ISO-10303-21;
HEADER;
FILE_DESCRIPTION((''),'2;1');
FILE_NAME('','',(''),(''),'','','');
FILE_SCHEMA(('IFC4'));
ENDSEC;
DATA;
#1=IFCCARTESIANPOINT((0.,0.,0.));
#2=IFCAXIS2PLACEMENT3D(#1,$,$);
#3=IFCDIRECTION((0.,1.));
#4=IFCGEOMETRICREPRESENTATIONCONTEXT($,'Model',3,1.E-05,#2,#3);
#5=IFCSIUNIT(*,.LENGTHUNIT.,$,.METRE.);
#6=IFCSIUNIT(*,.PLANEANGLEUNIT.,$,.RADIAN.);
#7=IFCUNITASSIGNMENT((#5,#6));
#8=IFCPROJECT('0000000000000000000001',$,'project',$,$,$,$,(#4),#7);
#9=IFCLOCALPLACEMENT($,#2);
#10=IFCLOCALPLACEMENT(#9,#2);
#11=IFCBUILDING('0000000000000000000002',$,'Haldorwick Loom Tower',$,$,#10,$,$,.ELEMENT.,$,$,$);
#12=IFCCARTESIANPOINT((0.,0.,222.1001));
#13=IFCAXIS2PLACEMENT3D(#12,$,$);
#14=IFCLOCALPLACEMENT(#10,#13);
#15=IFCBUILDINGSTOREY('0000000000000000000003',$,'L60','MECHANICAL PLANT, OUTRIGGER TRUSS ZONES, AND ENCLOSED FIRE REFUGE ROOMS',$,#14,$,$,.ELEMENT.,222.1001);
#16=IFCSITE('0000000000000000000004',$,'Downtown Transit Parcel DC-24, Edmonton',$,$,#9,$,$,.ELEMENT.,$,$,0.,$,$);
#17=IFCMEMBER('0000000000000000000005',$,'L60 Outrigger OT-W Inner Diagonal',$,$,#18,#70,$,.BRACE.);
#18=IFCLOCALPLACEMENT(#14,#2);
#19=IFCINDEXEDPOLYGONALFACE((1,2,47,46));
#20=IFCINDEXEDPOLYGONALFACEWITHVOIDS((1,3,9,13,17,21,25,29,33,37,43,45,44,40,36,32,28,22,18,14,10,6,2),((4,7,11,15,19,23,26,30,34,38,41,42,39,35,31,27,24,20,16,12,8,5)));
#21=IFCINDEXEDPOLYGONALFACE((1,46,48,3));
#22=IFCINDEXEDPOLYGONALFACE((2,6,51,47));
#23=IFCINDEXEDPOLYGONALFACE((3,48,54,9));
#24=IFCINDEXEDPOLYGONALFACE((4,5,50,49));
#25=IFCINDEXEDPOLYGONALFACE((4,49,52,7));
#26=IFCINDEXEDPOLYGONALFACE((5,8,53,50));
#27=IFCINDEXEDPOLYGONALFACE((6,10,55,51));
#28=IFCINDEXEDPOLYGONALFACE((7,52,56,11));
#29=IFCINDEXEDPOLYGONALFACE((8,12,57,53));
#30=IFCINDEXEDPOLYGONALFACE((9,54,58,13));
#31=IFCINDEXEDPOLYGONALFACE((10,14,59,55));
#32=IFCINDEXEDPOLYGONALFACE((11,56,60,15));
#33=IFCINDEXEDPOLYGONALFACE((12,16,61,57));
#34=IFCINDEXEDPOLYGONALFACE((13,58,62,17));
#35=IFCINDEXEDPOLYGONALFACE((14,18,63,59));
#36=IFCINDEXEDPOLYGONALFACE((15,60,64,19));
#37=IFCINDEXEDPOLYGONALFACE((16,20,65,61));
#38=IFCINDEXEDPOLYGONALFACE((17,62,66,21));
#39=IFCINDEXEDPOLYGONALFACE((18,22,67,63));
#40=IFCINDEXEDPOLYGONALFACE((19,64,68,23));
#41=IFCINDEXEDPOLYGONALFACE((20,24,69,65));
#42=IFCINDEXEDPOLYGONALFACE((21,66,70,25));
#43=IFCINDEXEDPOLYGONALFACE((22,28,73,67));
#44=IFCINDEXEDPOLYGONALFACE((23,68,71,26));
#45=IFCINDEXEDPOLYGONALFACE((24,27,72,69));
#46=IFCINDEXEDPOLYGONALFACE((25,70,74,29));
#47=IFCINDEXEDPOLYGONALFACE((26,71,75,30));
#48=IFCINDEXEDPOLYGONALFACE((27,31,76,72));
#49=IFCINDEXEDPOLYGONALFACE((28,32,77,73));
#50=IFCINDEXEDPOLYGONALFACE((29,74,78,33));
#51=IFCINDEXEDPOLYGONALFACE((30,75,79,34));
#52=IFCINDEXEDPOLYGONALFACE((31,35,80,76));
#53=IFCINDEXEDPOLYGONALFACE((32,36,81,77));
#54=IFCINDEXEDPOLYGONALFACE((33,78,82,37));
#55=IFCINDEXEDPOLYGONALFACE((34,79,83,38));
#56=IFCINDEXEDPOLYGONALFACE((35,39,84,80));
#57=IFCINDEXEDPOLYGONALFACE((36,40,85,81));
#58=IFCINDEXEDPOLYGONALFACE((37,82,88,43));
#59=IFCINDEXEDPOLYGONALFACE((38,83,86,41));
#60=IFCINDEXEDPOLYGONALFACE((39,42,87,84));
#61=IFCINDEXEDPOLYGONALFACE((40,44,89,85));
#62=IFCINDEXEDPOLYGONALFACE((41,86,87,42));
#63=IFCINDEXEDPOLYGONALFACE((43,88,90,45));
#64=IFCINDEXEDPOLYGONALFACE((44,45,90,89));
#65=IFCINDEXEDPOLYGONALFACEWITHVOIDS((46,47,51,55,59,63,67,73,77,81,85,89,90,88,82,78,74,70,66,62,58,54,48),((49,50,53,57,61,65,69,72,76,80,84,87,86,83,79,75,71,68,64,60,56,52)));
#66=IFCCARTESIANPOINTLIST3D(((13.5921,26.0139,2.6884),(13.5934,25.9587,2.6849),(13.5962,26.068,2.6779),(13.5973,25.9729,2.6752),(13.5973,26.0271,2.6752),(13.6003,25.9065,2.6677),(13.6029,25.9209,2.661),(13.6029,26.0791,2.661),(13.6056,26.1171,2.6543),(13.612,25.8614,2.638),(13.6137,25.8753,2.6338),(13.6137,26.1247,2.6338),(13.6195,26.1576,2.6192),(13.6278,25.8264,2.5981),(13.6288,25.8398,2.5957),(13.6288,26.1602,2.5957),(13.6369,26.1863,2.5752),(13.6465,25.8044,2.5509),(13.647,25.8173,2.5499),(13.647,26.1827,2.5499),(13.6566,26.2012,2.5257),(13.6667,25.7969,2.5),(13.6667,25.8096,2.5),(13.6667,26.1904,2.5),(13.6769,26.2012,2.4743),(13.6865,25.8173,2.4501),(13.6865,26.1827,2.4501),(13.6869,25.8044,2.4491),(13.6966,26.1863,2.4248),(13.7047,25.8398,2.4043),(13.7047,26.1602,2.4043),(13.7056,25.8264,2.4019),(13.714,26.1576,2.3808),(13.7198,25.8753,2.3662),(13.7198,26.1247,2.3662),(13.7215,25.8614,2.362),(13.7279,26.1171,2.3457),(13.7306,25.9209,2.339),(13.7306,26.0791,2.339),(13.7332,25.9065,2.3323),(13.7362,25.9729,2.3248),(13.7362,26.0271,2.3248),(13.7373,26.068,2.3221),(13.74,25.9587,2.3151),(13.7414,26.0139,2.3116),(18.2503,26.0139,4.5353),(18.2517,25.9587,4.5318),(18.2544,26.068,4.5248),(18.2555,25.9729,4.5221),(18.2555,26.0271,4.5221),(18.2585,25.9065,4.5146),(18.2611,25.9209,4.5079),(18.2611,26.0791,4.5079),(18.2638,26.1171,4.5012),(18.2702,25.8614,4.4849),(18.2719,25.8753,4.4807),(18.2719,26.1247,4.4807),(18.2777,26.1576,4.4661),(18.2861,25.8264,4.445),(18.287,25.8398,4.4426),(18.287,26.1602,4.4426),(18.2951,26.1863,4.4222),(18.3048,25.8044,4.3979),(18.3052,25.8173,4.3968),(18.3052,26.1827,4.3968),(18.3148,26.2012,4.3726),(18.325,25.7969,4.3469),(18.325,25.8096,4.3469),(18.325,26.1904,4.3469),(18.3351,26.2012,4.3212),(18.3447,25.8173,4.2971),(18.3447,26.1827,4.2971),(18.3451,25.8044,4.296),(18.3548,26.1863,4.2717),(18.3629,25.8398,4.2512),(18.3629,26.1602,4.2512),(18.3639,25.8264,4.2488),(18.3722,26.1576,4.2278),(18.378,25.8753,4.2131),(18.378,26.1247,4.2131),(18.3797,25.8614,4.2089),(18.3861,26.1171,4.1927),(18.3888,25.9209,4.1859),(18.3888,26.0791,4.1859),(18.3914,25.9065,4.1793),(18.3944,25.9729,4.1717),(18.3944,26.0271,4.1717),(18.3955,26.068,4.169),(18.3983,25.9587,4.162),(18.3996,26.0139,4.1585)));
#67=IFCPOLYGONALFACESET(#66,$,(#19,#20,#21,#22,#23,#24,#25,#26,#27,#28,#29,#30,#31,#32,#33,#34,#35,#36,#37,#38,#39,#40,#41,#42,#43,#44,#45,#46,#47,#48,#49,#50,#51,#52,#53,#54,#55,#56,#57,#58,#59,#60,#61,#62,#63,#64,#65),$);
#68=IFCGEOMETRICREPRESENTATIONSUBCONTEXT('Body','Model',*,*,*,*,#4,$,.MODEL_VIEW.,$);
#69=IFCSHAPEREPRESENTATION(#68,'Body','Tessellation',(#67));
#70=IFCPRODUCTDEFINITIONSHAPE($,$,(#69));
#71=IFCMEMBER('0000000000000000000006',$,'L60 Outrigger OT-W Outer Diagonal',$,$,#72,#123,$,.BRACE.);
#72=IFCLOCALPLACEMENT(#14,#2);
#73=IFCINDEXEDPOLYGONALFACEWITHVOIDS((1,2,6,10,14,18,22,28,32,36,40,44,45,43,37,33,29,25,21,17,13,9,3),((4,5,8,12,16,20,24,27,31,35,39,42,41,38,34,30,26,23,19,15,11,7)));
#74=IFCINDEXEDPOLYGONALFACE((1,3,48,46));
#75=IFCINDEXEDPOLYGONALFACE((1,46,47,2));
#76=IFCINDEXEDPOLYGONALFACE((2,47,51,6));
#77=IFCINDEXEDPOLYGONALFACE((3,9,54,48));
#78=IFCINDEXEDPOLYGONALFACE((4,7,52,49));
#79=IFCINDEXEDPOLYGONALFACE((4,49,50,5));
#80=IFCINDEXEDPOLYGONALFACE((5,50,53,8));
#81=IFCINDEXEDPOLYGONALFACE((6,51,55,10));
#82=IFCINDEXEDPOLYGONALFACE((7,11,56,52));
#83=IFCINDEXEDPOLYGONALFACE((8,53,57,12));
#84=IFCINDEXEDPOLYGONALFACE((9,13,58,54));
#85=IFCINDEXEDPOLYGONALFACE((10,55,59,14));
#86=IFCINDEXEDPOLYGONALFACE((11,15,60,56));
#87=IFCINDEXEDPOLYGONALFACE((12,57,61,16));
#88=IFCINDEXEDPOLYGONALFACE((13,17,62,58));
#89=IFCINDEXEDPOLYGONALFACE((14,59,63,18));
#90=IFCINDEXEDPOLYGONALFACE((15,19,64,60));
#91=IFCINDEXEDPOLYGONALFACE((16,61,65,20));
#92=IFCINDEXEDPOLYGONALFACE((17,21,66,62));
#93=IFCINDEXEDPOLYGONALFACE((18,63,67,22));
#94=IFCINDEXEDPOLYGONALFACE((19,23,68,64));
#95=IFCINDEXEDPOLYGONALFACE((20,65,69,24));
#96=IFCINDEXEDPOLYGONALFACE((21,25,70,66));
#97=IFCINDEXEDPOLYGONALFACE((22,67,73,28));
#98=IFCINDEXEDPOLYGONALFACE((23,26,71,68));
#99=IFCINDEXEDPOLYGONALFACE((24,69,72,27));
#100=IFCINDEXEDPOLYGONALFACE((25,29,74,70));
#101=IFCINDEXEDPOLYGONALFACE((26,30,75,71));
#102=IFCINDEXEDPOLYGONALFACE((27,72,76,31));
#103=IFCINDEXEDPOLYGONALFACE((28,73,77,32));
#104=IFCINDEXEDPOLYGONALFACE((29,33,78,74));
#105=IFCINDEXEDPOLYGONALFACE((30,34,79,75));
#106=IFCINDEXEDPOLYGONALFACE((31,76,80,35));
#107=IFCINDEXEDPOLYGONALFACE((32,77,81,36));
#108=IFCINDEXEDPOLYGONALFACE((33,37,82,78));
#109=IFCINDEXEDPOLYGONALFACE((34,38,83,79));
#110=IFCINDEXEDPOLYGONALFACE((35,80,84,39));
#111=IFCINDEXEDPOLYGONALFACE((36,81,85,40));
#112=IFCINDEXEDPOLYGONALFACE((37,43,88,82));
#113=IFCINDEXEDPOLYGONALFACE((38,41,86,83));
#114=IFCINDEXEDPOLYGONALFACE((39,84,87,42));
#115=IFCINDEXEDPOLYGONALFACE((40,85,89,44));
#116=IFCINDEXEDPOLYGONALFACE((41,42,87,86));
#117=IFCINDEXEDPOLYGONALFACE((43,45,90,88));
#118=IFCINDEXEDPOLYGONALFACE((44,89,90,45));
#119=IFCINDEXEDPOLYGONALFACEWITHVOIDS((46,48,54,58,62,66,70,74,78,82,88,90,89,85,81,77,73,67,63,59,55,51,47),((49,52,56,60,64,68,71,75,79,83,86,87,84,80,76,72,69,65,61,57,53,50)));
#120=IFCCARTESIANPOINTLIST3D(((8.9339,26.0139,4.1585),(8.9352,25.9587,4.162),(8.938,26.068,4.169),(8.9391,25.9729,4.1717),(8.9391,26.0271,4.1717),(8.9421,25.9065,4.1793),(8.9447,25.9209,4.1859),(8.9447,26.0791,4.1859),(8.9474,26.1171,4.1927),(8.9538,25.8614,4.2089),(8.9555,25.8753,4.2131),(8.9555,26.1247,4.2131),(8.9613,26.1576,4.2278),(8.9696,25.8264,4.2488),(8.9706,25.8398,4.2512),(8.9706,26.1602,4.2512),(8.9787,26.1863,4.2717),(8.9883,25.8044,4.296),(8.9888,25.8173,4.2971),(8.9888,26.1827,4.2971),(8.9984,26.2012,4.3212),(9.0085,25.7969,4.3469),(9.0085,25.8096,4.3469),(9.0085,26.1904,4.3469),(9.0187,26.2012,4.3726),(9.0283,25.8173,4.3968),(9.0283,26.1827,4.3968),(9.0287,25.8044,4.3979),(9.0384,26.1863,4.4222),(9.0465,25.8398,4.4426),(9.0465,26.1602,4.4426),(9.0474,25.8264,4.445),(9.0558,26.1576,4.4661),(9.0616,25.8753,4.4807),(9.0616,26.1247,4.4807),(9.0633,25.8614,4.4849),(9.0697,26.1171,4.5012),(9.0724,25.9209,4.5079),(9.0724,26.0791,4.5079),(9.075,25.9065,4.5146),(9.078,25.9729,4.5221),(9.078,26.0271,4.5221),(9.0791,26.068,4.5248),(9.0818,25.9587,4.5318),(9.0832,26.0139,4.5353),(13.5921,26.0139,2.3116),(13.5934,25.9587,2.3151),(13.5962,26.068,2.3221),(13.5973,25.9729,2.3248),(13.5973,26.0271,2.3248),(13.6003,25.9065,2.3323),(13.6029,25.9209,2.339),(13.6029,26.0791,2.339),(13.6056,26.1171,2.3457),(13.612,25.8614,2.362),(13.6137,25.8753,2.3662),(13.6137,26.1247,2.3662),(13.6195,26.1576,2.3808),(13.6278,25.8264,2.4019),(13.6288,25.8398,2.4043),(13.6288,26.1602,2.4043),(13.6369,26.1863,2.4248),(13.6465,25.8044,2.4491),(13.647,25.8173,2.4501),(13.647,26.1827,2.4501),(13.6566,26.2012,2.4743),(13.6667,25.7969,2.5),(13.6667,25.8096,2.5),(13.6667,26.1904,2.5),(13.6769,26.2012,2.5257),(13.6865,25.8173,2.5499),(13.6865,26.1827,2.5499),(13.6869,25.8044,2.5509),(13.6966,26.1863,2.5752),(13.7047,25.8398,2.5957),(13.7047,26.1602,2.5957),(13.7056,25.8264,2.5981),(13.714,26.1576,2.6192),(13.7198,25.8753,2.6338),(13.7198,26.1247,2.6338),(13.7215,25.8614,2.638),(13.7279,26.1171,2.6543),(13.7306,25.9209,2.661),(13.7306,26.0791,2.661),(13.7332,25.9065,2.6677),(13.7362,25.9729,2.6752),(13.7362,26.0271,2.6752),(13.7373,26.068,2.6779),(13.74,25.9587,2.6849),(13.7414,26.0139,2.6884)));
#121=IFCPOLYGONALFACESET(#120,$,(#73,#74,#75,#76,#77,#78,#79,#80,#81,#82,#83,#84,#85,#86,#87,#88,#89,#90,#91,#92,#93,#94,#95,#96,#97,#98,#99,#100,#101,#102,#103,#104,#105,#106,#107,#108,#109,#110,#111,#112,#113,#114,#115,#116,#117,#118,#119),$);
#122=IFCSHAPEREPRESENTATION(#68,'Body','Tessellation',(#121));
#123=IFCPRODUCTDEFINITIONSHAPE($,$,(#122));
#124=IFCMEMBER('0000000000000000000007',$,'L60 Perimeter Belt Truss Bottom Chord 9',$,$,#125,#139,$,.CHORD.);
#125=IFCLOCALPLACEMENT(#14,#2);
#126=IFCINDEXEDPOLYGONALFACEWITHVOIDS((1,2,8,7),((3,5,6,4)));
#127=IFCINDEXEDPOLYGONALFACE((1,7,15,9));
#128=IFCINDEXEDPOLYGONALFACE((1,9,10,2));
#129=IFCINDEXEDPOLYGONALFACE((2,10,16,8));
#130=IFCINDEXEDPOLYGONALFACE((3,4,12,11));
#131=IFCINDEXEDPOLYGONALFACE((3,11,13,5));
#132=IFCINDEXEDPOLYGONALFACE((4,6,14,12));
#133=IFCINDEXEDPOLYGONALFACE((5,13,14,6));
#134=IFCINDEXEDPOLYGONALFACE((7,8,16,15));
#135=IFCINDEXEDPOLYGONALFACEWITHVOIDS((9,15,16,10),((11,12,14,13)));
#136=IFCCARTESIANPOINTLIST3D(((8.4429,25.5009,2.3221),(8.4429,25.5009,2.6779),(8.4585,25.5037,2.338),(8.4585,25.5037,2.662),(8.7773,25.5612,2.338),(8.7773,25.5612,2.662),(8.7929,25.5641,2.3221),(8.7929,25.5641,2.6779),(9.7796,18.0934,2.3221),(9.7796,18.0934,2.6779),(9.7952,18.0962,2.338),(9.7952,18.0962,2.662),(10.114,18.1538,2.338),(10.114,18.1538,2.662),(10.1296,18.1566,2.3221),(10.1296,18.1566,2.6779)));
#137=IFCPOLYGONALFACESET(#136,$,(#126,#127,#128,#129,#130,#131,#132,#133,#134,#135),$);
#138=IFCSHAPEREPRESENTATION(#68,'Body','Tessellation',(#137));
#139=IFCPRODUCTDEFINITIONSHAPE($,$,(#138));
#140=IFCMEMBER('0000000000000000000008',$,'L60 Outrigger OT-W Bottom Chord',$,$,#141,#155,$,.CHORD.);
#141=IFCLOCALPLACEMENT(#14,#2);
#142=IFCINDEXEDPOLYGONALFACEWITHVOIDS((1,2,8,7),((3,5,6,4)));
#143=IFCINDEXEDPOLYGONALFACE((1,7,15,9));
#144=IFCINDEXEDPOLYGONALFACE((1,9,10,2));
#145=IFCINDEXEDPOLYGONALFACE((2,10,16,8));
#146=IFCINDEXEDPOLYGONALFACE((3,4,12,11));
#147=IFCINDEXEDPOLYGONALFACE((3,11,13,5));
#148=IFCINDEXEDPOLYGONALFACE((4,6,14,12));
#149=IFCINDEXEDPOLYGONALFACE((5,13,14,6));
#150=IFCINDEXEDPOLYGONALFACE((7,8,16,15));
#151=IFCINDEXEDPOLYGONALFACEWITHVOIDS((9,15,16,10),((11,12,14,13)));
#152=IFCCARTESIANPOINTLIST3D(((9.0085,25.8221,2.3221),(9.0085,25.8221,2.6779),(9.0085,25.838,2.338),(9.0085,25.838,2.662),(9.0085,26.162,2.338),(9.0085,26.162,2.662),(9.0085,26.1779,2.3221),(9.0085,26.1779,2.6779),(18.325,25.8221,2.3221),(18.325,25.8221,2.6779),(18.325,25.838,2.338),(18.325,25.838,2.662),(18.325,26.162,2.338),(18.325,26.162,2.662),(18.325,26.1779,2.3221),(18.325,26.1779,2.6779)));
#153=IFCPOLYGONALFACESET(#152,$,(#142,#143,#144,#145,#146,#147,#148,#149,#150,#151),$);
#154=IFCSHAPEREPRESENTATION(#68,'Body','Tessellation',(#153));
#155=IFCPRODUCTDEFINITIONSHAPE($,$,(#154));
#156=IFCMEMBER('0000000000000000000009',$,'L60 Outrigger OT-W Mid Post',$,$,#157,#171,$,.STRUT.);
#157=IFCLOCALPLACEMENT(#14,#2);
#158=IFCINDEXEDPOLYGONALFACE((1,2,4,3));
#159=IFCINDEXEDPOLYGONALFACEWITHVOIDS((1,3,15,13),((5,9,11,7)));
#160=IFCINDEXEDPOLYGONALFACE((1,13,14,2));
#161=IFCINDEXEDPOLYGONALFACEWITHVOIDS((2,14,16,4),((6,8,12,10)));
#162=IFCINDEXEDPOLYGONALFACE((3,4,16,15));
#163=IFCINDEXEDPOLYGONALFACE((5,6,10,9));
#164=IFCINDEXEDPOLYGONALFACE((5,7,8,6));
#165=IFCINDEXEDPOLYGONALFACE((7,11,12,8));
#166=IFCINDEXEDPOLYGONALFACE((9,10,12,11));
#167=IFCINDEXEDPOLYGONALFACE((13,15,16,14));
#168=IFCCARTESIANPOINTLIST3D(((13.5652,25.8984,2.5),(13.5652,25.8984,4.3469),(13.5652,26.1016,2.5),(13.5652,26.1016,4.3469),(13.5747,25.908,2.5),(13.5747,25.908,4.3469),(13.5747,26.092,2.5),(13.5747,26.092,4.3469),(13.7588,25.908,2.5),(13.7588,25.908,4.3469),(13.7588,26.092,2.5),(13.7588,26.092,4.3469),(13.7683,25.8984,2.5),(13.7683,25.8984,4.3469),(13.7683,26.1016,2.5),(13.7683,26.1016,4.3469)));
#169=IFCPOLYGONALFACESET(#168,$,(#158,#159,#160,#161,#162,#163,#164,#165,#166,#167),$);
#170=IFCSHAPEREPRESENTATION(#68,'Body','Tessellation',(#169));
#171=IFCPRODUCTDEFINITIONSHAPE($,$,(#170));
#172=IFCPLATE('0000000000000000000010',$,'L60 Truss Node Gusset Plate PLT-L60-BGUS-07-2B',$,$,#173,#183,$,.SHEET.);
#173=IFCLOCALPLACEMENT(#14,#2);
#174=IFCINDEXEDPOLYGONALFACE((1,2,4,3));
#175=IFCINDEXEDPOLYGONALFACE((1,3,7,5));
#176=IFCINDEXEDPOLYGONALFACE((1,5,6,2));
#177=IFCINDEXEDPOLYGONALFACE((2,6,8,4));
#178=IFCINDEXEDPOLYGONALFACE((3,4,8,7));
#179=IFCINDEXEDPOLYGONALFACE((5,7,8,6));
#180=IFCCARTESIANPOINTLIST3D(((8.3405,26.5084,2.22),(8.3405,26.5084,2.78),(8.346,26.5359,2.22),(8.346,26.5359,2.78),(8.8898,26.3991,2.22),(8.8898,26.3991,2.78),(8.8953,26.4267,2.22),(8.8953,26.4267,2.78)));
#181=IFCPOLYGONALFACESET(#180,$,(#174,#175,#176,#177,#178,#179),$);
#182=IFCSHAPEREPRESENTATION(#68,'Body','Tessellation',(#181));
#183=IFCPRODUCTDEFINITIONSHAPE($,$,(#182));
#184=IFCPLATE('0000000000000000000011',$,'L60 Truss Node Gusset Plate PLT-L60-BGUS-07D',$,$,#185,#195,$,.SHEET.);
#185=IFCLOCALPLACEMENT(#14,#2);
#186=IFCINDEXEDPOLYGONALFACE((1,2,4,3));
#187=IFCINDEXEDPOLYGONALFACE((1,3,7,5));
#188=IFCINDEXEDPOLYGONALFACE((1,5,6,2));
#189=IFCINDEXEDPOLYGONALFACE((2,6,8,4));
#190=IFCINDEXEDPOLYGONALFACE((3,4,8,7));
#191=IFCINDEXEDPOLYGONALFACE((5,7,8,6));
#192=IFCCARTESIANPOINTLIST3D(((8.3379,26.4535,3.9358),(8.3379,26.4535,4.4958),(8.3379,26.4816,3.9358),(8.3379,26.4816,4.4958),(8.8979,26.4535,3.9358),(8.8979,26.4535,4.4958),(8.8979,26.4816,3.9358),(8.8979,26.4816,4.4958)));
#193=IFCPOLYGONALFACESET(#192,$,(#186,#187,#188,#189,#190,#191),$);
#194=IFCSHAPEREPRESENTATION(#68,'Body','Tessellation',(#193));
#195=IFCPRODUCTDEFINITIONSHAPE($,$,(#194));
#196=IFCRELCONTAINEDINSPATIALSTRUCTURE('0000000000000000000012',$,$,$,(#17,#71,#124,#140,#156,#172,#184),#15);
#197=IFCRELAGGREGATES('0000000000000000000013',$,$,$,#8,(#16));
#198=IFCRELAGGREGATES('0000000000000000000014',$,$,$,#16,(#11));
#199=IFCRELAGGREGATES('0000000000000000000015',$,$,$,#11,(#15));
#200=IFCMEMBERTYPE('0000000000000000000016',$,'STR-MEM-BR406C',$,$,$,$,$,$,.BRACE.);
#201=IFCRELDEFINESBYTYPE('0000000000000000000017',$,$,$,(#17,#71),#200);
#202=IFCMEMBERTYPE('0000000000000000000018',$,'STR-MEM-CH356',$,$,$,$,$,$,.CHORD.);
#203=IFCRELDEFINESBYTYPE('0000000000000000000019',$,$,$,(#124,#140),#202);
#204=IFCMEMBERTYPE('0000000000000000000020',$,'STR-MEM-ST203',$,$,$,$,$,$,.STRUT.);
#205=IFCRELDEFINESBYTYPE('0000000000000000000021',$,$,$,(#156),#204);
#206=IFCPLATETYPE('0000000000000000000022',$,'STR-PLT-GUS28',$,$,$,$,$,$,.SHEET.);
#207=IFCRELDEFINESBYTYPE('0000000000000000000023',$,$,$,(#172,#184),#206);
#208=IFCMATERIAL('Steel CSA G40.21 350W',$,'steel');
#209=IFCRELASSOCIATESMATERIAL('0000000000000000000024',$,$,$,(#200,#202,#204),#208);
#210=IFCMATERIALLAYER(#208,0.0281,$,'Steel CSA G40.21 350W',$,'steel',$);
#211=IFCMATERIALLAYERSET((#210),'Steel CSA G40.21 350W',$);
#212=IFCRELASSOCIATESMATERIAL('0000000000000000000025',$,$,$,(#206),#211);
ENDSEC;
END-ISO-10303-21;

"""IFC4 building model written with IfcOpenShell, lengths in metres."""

from ifc_helpers import new_model, si_unit, direction, frame, origin, origin_2d, place, context, subcontext, project, spatial, rectangle, hollow_rectangle, hollow_circle, extrude, material, layer, layer_set, material_profile, profile_set, type_object, element, save


model = new_model("IFC4")

# Units and contexts
model_context = context("Model", 3, precision=1e-05, world=origin(), true_north=direction((0.0, 1.0)))
body_context = subcontext(model_context, "Body", "Model", "MODEL_VIEW")
ifc_project = project(units=[si_unit("LENGTHUNIT", "METRE"), si_unit("PLANEANGLEUNIT", "RADIAN")], contexts=[model_context])

# Site, building, storey
site_placement = place(None, origin())
site = spatial("IfcSite", under=ifc_project, at=site_placement, Name="Downtown Transit Parcel DC-24, Edmonton", CompositionType="ELEMENT", RefElevation=0.0)
building_placement = place(site_placement, origin())
building = spatial("IfcBuilding", under=site, at=building_placement, Name="Haldorwick Loom Tower", CompositionType="ELEMENT")
storey_placement = place(building_placement, frame((0.0, 0.0, 222.1001)))
storey = spatial("IfcBuildingStorey", under=building, at=storey_placement, Name="L60", Description="MECHANICAL PLANT, OUTRIGGER TRUSS ZONES, AND ENCLOSED FIRE REFUGE ROOMS", CompositionType="ELEMENT", Elevation=222.1001)

# Shared definitions
ifc_material_1 = material(Name="Steel CSA G40.21 350W", Category="steel")

# Members
ifc_material_profile_1 = material_profile(ifc_material_1, hollow_circle(Radius=0.2031, WallThickness=0.0127, at=origin_2d()), Name="HSS406X13", Category="steel")
ifc_profile_set_1 = profile_set([ifc_material_profile_1], Name="Steel CSA G40.21 350W")
member_type_1 = type_object("IfcMemberType", Name="STR-MEM-BR406C", PredefinedType="BRACE", material=ifc_profile_set_1)
for number, where, z_axis, x_axis, name in (
    (1, (18.325, 26.0, 4.3469), (-0.929598, 0.0, -0.368575), (0.0, -1.0, 0.0), "L60 Outrigger OT-W Inner Diagonal"),
    (2, (13.6667, 26.0, 2.5), (-0.929598, 0.0, 0.368575), (0.0, -1.0, 0.0), "L60 Outrigger OT-W Outer Diagonal"),
):
    element("IfcMember", number, at=place(storey_placement, frame(where, z_axis=z_axis, x_axis=x_axis)), inside=storey, type_object=member_type_1, Name=name, PredefinedType="BRACE", context=body_context, shape_type="SweptSolid", body=[
        extrude(hollow_circle(Radius=0.2031, WallThickness=0.0127, at=origin_2d()), origin(), (0.0, 0.0, 1.0), 5.011),
    ])
ifc_material_profile_2 = material_profile(ifc_material_1, hollow_rectangle(XDim=0.3557, YDim=0.3557, WallThickness=0.0159, at=origin_2d()), Name="HSS356X356X16", Category="steel")
ifc_profile_set_2 = profile_set([ifc_material_profile_2], Name="Steel CSA G40.21 350W")
member_type_2 = type_object("IfcMemberType", Name="STR-MEM-CH356", PredefinedType="CHORD", material=ifc_profile_set_2)
member_1_placement = place(storey_placement, frame((8.6179, 25.5325, 2.5), z_axis=(0.177581, -0.984106, 0.0), x_axis=(0.984106, 0.177581, 0.0)))
element("IfcMember", 3, at=member_1_placement, inside=storey, type_object=member_type_2, Name="L60 Perimeter Belt Truss Bottom Chord 9", PredefinedType="CHORD", context=body_context, shape_type="SweptSolid", body=[
    extrude(hollow_rectangle(XDim=0.3557, YDim=0.3557, WallThickness=0.0159, at=origin_2d()), origin(), (0.0, 0.0, 1.0), 7.5271),
])
member_2_placement = place(storey_placement, frame((18.325, 26.0, 2.5), z_axis=(-1.0, 0.0, 0.0), x_axis=(0.0, -1.0, 0.0)))
element("IfcMember", 4, at=member_2_placement, inside=storey, type_object=member_type_2, Name="L60 Outrigger OT-W Bottom Chord", PredefinedType="CHORD", context=body_context, shape_type="SweptSolid", body=[
    extrude(hollow_rectangle(XDim=0.3557, YDim=0.3557, WallThickness=0.0159, at=origin_2d()), origin(), (0.0, 0.0, 1.0), 9.3164),
])
ifc_material_profile_3 = material_profile(ifc_material_1, hollow_rectangle(XDim=0.2031, YDim=0.2031, WallThickness=0.0095, at=origin_2d()), Name="HSS203X203X10", Category="steel")
ifc_profile_set_3 = profile_set([ifc_material_profile_3], Name="Steel CSA G40.21 350W")
member_type_3 = type_object("IfcMemberType", Name="STR-MEM-ST203", PredefinedType="STRUT", material=ifc_profile_set_3)
member_3_placement = place(storey_placement, frame((13.6667, 26.0, 2.5), z_axis=(0.0, 0.0, 1.0), x_axis=(1.0, 0.0, 0.0)))
element("IfcMember", 5, at=member_3_placement, inside=storey, type_object=member_type_3, Name="L60 Outrigger OT-W Mid Post", PredefinedType="STRUT", context=body_context, shape_type="SweptSolid", body=[
    extrude(hollow_rectangle(XDim=0.2031, YDim=0.2031, WallThickness=0.0095, at=origin_2d()), origin(), (0.0, 0.0, 1.0), 1.8469),
])

# Plates
ifc_layer_1 = layer(ifc_material_1, 0.0281, Name="Steel CSA G40.21 350W", Category="steel")
ifc_layer_set_1 = layer_set([ifc_layer_1], Name="Steel CSA G40.21 350W")
plate_type = type_object("IfcPlateType", Name="STR-PLT-GUS28", PredefinedType="SHEET", material=ifc_layer_set_1)
for number, where, z_axis, x_axis, name in (
    (6, (8.6179, 26.4675, 2.22), (0.0, 0.0, 1.0), (-0.980785, 0.19509, 0.0), "L60 Truss Node Gusset Plate PLT-L60-BGUS-07-2B"),
    (7, (8.6179, 26.4675, 3.9358), (0.0, 0.0, 1.0), (-1.0, 0.0, 0.0), "L60 Truss Node Gusset Plate PLT-L60-BGUS-07D"),
):
    element("IfcPlate", number, at=place(storey_placement, frame(where, z_axis=z_axis, x_axis=x_axis)), inside=storey, type_object=plate_type, Name=name, PredefinedType="SHEET", context=body_context, shape_type="SweptSolid", body=[
        extrude(rectangle(XDim=0.5601, YDim=0.0281, at=origin_2d()), origin(), (0.0, 0.0, 1.0), 0.5601),
    ])

save(model, "model.ifc")
